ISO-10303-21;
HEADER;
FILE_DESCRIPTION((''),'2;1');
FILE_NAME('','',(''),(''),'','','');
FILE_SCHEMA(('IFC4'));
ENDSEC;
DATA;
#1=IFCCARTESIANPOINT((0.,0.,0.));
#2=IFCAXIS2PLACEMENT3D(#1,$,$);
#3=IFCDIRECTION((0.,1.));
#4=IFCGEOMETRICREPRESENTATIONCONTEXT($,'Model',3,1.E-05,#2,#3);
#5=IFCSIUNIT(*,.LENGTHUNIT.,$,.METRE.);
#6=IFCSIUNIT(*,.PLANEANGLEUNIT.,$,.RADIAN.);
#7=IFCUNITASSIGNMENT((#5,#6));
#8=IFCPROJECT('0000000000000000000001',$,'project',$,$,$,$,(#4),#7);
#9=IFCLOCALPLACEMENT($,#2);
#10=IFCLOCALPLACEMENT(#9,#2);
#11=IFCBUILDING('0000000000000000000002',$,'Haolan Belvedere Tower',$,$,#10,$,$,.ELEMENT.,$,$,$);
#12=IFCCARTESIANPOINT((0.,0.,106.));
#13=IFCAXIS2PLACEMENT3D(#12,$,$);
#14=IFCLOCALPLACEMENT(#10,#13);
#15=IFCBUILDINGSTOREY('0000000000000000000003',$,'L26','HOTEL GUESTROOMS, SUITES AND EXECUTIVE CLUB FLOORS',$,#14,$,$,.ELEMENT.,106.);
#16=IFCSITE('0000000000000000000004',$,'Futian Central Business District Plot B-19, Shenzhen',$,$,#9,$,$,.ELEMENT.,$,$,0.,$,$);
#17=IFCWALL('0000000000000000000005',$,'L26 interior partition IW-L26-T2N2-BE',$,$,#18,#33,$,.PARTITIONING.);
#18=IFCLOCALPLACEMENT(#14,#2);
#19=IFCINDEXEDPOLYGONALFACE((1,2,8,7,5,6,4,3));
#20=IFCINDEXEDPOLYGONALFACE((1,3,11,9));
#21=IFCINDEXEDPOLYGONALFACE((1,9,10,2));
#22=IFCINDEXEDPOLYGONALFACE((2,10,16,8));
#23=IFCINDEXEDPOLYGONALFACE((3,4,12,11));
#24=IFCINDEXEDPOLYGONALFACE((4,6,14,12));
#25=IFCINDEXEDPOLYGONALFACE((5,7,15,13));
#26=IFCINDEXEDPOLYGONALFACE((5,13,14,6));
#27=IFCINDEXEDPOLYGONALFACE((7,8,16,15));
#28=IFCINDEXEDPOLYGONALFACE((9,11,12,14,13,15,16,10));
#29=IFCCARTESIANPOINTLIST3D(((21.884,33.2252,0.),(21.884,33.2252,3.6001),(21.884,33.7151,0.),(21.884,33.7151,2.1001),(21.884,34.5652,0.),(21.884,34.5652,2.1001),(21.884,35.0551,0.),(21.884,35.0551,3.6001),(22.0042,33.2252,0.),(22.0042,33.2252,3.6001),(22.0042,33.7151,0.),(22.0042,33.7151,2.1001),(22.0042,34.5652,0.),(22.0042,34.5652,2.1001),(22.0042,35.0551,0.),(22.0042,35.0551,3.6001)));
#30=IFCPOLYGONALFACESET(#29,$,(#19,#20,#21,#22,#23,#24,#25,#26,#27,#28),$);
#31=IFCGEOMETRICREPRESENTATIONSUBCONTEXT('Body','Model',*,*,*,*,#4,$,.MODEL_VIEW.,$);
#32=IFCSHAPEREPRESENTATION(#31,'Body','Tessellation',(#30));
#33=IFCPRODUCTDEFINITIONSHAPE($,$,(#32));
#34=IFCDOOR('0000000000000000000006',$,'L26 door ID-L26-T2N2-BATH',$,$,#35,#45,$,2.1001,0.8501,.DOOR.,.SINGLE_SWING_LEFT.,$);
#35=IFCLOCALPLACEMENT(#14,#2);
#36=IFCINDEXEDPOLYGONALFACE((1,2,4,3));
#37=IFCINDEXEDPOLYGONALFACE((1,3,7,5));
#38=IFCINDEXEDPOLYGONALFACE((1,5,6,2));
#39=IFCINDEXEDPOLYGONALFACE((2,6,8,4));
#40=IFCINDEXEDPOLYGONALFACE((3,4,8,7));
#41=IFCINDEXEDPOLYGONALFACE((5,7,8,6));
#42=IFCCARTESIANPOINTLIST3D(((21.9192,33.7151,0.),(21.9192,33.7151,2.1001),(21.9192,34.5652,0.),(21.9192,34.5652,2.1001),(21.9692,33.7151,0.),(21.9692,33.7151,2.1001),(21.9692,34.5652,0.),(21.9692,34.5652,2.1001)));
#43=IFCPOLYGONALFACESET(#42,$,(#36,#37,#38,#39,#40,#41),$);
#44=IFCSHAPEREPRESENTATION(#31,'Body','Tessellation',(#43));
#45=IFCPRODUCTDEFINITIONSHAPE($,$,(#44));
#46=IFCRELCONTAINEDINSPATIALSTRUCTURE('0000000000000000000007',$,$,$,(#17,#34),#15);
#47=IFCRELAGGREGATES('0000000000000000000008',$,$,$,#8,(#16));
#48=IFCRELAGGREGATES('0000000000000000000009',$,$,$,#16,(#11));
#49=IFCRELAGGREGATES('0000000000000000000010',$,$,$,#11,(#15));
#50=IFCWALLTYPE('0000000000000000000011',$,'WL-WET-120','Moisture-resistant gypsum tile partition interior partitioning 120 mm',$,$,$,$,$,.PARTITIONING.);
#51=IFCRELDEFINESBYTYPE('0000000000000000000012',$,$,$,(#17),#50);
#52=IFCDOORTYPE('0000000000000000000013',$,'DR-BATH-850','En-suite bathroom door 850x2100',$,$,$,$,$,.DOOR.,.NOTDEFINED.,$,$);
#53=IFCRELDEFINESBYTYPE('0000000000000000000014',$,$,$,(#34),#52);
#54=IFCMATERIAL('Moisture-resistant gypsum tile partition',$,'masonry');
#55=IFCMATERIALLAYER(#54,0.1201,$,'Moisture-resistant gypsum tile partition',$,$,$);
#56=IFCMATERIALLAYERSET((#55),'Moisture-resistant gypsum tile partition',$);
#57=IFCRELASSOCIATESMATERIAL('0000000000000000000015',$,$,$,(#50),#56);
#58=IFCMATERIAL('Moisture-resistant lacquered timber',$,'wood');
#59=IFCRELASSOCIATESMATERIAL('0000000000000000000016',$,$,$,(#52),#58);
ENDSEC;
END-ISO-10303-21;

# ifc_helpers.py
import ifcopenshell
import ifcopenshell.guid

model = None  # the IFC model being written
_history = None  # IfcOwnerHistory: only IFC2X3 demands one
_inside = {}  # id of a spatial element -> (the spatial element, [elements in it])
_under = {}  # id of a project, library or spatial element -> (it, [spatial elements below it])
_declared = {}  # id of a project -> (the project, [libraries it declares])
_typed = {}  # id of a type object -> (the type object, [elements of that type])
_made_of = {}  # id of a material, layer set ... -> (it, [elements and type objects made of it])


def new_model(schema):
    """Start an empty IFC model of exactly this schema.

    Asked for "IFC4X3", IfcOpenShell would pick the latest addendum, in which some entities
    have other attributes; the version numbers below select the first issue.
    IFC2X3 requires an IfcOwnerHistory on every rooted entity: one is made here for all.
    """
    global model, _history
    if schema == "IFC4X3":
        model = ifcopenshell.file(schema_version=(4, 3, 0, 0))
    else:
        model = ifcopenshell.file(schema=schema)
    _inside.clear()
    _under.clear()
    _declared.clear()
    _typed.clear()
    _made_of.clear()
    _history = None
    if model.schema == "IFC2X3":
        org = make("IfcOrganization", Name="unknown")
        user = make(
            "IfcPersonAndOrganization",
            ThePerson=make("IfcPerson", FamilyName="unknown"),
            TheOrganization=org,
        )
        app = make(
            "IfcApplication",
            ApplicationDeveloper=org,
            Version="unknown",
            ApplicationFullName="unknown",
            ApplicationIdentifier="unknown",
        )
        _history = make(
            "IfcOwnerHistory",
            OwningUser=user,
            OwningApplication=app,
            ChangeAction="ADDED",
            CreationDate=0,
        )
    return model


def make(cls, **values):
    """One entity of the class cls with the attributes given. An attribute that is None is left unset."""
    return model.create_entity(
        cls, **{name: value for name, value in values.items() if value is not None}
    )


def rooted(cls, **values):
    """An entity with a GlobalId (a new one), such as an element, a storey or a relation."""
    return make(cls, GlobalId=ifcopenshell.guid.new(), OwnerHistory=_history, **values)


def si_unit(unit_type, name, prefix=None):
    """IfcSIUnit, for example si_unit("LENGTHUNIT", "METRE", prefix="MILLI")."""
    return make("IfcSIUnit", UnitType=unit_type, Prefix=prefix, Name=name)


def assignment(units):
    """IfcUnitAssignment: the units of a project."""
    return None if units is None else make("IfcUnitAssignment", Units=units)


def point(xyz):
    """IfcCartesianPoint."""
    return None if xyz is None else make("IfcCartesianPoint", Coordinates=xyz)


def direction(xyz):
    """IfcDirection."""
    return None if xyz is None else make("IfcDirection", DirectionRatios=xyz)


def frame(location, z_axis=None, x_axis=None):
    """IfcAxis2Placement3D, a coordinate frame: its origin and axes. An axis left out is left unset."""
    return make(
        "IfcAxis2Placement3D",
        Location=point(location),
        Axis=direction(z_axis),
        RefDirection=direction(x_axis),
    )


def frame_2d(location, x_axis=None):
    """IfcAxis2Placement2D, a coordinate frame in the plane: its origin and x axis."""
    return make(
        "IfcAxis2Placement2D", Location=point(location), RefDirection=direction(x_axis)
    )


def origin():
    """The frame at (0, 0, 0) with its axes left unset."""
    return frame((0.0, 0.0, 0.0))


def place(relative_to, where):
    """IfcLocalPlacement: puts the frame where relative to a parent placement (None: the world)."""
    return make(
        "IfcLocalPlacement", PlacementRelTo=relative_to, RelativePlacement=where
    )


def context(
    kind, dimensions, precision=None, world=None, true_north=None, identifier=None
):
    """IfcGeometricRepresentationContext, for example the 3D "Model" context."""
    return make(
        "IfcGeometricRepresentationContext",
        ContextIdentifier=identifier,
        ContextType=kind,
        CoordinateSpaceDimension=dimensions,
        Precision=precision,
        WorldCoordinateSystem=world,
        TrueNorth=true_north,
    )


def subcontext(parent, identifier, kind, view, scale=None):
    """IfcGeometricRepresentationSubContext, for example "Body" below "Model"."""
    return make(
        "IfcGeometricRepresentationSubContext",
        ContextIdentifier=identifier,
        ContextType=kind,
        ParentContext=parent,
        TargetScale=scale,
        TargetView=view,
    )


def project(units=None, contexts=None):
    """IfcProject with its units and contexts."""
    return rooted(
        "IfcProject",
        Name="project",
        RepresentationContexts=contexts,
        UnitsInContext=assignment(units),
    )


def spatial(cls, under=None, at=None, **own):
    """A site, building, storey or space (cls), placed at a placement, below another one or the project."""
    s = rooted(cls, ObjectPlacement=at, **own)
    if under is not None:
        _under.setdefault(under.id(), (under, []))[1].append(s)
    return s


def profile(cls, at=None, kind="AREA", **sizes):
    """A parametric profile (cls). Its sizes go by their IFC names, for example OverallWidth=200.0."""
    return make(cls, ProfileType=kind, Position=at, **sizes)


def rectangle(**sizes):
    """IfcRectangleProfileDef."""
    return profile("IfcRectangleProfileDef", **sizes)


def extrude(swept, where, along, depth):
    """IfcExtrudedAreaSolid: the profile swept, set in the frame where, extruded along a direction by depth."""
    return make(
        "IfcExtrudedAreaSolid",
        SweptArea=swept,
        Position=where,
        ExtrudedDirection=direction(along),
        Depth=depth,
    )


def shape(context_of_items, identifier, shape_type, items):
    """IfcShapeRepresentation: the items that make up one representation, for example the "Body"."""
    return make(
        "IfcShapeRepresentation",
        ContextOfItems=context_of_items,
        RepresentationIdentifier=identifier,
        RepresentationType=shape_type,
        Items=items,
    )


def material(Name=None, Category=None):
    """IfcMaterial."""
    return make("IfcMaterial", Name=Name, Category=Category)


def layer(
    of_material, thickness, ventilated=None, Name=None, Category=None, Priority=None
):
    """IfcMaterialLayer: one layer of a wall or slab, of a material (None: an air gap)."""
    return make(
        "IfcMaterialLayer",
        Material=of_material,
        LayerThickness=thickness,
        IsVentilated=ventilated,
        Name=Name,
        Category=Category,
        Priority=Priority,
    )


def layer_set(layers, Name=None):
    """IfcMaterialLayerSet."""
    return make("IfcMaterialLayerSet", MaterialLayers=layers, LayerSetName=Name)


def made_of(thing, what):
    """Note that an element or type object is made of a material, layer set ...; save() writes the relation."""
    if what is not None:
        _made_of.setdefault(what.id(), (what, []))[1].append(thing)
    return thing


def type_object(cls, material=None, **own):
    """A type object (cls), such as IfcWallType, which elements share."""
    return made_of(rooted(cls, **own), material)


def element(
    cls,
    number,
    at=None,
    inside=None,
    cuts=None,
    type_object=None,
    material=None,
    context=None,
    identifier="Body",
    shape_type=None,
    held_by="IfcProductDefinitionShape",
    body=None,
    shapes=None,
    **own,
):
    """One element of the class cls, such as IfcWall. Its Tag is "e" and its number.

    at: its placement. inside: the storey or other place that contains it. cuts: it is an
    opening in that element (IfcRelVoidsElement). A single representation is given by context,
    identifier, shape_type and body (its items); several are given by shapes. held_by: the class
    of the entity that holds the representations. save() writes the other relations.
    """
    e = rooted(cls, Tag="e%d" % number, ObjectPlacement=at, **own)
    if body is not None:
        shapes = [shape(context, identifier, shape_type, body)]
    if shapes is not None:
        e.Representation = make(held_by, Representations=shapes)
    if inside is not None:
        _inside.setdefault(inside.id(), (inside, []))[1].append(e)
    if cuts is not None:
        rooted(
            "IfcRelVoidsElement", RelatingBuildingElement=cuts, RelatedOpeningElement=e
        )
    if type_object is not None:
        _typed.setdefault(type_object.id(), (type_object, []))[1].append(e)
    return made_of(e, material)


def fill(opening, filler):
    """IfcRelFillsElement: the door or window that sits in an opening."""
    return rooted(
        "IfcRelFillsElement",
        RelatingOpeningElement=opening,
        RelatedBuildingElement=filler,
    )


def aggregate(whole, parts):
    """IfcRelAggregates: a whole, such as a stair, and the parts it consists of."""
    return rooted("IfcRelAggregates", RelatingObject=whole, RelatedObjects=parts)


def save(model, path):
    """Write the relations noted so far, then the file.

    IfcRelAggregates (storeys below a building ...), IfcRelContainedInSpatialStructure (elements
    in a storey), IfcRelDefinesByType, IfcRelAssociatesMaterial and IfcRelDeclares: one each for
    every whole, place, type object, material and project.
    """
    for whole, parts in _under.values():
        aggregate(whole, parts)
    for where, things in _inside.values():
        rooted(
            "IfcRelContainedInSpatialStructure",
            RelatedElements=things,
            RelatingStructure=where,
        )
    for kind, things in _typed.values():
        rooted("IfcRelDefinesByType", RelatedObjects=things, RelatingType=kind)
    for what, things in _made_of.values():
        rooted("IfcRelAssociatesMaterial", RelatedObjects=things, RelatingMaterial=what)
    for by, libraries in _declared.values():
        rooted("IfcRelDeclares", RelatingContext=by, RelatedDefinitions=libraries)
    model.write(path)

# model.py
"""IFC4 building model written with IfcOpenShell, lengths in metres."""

from ifc_helpers import new_model, si_unit, direction, frame, frame_2d, origin, place, context, subcontext, project, spatial, rectangle, extrude, material, layer, layer_set, type_object, element, fill, save


model = new_model("IFC4")

# Units and contexts
model_context = context("Model", 3, precision=1e-05, world=origin(), true_north=direction((0.0, 1.0)))
body_context = subcontext(model_context, "Body", "Model", "MODEL_VIEW")
ifc_project = project(units=[si_unit("LENGTHUNIT", "METRE"), si_unit("PLANEANGLEUNIT", "RADIAN")], contexts=[model_context])

# Site, building, storey
site_placement = place(None, origin())
site = spatial("IfcSite", under=ifc_project, at=site_placement, Name="Futian Central Business District Plot B-19, Shenzhen", CompositionType="ELEMENT", RefElevation=0.0)
building_placement = place(site_placement, origin())
building = spatial("IfcBuilding", under=site, at=building_placement, Name="Haolan Belvedere Tower", CompositionType="ELEMENT")
storey_placement = place(building_placement, frame((0.0, 0.0, 106.0)))
storey = spatial("IfcBuildingStorey", under=building, at=storey_placement, Name="L26", Description="HOTEL GUESTROOMS, SUITES AND EXECUTIVE CLUB FLOORS", CompositionType="ELEMENT", Elevation=106.0)

# Shared definitions
ifc_material_1 = material(Name="Moisture-resistant gypsum tile partition", Category="masonry")
ifc_layer_1 = layer(ifc_material_1, 0.1201, Name="Moisture-resistant gypsum tile partition")
ifc_layer_set_1 = layer_set([ifc_layer_1], Name="Moisture-resistant gypsum tile partition")
wall_type_1 = type_object("IfcWallType", Name="WL-WET-120", Description="Moisture-resistant gypsum tile partition interior partitioning 120 mm", PredefinedType="PARTITIONING", material=ifc_layer_set_1)

# Wall, opening, door
wall_1_placement = place(storey_placement, frame((21.9441, 33.2251, 0.0), z_axis=(0.0, 0.0, 1.0), x_axis=(0.0, 1.0, 0.0)))
wall_1 = element("IfcWall", 1, at=wall_1_placement, inside=storey, type_object=wall_type_1, Name="L26 interior partition IW-L26-T2N2-BE", PredefinedType="PARTITIONING", context=body_context, shape_type="SweptSolid", body=[
    extrude(rectangle(XDim=1.8298, YDim=0.1201, at=frame_2d((0.915, 0.0))), origin(), (0.0, 0.0, 1.0), 3.6001),
])
opening_1_placement = place(wall_1_placement, frame((0.49, 0.0, 0.0)))
opening_1 = element("IfcOpeningElement", 2, at=opening_1_placement, cuts=wall_1, PredefinedType="OPENING", context=body_context, shape_type="SweptSolid", body=[
    extrude(rectangle(XDim=0.8501, YDim=2.1001, at=frame_2d((0.425, 1.05))), frame((0.0, 0.0701, 0.0), z_axis=(0.0, -1.0, 0.0), x_axis=(1.0, 0.0, 0.0)), (0.0, 0.0, 1.0), 0.1401),
])
ifc_material_2 = material(Name="Moisture-resistant lacquered timber", Category="wood")
door_type_1 = type_object("IfcDoorType", Name="DR-BATH-850", Description="En-suite bathroom door 850x2100", OperationType="NOTDEFINED", PredefinedType="DOOR", material=ifc_material_2)
door_1_placement = place(opening_1_placement, origin())
door_1 = element("IfcDoor", 3, at=door_1_placement, inside=storey, type_object=door_type_1, Name="L26 door ID-L26-T2N2-BATH", OperationType="SINGLE_SWING_LEFT", OverallHeight=2.1001, OverallWidth=0.8501, PredefinedType="DOOR", context=body_context, shape_type="SweptSolid", body=[
    extrude(rectangle(XDim=0.8501, YDim=2.1001, at=frame_2d((0.425, 1.05))), frame((0.0, 0.0249, 0.0), z_axis=(0.0, -1.0, 0.0), x_axis=(1.0, 0.0, 0.0)), (0.0, 0.0, 1.0), 0.05),
])
fill(opening_1, door_1)

save(model, "model.ifc")
